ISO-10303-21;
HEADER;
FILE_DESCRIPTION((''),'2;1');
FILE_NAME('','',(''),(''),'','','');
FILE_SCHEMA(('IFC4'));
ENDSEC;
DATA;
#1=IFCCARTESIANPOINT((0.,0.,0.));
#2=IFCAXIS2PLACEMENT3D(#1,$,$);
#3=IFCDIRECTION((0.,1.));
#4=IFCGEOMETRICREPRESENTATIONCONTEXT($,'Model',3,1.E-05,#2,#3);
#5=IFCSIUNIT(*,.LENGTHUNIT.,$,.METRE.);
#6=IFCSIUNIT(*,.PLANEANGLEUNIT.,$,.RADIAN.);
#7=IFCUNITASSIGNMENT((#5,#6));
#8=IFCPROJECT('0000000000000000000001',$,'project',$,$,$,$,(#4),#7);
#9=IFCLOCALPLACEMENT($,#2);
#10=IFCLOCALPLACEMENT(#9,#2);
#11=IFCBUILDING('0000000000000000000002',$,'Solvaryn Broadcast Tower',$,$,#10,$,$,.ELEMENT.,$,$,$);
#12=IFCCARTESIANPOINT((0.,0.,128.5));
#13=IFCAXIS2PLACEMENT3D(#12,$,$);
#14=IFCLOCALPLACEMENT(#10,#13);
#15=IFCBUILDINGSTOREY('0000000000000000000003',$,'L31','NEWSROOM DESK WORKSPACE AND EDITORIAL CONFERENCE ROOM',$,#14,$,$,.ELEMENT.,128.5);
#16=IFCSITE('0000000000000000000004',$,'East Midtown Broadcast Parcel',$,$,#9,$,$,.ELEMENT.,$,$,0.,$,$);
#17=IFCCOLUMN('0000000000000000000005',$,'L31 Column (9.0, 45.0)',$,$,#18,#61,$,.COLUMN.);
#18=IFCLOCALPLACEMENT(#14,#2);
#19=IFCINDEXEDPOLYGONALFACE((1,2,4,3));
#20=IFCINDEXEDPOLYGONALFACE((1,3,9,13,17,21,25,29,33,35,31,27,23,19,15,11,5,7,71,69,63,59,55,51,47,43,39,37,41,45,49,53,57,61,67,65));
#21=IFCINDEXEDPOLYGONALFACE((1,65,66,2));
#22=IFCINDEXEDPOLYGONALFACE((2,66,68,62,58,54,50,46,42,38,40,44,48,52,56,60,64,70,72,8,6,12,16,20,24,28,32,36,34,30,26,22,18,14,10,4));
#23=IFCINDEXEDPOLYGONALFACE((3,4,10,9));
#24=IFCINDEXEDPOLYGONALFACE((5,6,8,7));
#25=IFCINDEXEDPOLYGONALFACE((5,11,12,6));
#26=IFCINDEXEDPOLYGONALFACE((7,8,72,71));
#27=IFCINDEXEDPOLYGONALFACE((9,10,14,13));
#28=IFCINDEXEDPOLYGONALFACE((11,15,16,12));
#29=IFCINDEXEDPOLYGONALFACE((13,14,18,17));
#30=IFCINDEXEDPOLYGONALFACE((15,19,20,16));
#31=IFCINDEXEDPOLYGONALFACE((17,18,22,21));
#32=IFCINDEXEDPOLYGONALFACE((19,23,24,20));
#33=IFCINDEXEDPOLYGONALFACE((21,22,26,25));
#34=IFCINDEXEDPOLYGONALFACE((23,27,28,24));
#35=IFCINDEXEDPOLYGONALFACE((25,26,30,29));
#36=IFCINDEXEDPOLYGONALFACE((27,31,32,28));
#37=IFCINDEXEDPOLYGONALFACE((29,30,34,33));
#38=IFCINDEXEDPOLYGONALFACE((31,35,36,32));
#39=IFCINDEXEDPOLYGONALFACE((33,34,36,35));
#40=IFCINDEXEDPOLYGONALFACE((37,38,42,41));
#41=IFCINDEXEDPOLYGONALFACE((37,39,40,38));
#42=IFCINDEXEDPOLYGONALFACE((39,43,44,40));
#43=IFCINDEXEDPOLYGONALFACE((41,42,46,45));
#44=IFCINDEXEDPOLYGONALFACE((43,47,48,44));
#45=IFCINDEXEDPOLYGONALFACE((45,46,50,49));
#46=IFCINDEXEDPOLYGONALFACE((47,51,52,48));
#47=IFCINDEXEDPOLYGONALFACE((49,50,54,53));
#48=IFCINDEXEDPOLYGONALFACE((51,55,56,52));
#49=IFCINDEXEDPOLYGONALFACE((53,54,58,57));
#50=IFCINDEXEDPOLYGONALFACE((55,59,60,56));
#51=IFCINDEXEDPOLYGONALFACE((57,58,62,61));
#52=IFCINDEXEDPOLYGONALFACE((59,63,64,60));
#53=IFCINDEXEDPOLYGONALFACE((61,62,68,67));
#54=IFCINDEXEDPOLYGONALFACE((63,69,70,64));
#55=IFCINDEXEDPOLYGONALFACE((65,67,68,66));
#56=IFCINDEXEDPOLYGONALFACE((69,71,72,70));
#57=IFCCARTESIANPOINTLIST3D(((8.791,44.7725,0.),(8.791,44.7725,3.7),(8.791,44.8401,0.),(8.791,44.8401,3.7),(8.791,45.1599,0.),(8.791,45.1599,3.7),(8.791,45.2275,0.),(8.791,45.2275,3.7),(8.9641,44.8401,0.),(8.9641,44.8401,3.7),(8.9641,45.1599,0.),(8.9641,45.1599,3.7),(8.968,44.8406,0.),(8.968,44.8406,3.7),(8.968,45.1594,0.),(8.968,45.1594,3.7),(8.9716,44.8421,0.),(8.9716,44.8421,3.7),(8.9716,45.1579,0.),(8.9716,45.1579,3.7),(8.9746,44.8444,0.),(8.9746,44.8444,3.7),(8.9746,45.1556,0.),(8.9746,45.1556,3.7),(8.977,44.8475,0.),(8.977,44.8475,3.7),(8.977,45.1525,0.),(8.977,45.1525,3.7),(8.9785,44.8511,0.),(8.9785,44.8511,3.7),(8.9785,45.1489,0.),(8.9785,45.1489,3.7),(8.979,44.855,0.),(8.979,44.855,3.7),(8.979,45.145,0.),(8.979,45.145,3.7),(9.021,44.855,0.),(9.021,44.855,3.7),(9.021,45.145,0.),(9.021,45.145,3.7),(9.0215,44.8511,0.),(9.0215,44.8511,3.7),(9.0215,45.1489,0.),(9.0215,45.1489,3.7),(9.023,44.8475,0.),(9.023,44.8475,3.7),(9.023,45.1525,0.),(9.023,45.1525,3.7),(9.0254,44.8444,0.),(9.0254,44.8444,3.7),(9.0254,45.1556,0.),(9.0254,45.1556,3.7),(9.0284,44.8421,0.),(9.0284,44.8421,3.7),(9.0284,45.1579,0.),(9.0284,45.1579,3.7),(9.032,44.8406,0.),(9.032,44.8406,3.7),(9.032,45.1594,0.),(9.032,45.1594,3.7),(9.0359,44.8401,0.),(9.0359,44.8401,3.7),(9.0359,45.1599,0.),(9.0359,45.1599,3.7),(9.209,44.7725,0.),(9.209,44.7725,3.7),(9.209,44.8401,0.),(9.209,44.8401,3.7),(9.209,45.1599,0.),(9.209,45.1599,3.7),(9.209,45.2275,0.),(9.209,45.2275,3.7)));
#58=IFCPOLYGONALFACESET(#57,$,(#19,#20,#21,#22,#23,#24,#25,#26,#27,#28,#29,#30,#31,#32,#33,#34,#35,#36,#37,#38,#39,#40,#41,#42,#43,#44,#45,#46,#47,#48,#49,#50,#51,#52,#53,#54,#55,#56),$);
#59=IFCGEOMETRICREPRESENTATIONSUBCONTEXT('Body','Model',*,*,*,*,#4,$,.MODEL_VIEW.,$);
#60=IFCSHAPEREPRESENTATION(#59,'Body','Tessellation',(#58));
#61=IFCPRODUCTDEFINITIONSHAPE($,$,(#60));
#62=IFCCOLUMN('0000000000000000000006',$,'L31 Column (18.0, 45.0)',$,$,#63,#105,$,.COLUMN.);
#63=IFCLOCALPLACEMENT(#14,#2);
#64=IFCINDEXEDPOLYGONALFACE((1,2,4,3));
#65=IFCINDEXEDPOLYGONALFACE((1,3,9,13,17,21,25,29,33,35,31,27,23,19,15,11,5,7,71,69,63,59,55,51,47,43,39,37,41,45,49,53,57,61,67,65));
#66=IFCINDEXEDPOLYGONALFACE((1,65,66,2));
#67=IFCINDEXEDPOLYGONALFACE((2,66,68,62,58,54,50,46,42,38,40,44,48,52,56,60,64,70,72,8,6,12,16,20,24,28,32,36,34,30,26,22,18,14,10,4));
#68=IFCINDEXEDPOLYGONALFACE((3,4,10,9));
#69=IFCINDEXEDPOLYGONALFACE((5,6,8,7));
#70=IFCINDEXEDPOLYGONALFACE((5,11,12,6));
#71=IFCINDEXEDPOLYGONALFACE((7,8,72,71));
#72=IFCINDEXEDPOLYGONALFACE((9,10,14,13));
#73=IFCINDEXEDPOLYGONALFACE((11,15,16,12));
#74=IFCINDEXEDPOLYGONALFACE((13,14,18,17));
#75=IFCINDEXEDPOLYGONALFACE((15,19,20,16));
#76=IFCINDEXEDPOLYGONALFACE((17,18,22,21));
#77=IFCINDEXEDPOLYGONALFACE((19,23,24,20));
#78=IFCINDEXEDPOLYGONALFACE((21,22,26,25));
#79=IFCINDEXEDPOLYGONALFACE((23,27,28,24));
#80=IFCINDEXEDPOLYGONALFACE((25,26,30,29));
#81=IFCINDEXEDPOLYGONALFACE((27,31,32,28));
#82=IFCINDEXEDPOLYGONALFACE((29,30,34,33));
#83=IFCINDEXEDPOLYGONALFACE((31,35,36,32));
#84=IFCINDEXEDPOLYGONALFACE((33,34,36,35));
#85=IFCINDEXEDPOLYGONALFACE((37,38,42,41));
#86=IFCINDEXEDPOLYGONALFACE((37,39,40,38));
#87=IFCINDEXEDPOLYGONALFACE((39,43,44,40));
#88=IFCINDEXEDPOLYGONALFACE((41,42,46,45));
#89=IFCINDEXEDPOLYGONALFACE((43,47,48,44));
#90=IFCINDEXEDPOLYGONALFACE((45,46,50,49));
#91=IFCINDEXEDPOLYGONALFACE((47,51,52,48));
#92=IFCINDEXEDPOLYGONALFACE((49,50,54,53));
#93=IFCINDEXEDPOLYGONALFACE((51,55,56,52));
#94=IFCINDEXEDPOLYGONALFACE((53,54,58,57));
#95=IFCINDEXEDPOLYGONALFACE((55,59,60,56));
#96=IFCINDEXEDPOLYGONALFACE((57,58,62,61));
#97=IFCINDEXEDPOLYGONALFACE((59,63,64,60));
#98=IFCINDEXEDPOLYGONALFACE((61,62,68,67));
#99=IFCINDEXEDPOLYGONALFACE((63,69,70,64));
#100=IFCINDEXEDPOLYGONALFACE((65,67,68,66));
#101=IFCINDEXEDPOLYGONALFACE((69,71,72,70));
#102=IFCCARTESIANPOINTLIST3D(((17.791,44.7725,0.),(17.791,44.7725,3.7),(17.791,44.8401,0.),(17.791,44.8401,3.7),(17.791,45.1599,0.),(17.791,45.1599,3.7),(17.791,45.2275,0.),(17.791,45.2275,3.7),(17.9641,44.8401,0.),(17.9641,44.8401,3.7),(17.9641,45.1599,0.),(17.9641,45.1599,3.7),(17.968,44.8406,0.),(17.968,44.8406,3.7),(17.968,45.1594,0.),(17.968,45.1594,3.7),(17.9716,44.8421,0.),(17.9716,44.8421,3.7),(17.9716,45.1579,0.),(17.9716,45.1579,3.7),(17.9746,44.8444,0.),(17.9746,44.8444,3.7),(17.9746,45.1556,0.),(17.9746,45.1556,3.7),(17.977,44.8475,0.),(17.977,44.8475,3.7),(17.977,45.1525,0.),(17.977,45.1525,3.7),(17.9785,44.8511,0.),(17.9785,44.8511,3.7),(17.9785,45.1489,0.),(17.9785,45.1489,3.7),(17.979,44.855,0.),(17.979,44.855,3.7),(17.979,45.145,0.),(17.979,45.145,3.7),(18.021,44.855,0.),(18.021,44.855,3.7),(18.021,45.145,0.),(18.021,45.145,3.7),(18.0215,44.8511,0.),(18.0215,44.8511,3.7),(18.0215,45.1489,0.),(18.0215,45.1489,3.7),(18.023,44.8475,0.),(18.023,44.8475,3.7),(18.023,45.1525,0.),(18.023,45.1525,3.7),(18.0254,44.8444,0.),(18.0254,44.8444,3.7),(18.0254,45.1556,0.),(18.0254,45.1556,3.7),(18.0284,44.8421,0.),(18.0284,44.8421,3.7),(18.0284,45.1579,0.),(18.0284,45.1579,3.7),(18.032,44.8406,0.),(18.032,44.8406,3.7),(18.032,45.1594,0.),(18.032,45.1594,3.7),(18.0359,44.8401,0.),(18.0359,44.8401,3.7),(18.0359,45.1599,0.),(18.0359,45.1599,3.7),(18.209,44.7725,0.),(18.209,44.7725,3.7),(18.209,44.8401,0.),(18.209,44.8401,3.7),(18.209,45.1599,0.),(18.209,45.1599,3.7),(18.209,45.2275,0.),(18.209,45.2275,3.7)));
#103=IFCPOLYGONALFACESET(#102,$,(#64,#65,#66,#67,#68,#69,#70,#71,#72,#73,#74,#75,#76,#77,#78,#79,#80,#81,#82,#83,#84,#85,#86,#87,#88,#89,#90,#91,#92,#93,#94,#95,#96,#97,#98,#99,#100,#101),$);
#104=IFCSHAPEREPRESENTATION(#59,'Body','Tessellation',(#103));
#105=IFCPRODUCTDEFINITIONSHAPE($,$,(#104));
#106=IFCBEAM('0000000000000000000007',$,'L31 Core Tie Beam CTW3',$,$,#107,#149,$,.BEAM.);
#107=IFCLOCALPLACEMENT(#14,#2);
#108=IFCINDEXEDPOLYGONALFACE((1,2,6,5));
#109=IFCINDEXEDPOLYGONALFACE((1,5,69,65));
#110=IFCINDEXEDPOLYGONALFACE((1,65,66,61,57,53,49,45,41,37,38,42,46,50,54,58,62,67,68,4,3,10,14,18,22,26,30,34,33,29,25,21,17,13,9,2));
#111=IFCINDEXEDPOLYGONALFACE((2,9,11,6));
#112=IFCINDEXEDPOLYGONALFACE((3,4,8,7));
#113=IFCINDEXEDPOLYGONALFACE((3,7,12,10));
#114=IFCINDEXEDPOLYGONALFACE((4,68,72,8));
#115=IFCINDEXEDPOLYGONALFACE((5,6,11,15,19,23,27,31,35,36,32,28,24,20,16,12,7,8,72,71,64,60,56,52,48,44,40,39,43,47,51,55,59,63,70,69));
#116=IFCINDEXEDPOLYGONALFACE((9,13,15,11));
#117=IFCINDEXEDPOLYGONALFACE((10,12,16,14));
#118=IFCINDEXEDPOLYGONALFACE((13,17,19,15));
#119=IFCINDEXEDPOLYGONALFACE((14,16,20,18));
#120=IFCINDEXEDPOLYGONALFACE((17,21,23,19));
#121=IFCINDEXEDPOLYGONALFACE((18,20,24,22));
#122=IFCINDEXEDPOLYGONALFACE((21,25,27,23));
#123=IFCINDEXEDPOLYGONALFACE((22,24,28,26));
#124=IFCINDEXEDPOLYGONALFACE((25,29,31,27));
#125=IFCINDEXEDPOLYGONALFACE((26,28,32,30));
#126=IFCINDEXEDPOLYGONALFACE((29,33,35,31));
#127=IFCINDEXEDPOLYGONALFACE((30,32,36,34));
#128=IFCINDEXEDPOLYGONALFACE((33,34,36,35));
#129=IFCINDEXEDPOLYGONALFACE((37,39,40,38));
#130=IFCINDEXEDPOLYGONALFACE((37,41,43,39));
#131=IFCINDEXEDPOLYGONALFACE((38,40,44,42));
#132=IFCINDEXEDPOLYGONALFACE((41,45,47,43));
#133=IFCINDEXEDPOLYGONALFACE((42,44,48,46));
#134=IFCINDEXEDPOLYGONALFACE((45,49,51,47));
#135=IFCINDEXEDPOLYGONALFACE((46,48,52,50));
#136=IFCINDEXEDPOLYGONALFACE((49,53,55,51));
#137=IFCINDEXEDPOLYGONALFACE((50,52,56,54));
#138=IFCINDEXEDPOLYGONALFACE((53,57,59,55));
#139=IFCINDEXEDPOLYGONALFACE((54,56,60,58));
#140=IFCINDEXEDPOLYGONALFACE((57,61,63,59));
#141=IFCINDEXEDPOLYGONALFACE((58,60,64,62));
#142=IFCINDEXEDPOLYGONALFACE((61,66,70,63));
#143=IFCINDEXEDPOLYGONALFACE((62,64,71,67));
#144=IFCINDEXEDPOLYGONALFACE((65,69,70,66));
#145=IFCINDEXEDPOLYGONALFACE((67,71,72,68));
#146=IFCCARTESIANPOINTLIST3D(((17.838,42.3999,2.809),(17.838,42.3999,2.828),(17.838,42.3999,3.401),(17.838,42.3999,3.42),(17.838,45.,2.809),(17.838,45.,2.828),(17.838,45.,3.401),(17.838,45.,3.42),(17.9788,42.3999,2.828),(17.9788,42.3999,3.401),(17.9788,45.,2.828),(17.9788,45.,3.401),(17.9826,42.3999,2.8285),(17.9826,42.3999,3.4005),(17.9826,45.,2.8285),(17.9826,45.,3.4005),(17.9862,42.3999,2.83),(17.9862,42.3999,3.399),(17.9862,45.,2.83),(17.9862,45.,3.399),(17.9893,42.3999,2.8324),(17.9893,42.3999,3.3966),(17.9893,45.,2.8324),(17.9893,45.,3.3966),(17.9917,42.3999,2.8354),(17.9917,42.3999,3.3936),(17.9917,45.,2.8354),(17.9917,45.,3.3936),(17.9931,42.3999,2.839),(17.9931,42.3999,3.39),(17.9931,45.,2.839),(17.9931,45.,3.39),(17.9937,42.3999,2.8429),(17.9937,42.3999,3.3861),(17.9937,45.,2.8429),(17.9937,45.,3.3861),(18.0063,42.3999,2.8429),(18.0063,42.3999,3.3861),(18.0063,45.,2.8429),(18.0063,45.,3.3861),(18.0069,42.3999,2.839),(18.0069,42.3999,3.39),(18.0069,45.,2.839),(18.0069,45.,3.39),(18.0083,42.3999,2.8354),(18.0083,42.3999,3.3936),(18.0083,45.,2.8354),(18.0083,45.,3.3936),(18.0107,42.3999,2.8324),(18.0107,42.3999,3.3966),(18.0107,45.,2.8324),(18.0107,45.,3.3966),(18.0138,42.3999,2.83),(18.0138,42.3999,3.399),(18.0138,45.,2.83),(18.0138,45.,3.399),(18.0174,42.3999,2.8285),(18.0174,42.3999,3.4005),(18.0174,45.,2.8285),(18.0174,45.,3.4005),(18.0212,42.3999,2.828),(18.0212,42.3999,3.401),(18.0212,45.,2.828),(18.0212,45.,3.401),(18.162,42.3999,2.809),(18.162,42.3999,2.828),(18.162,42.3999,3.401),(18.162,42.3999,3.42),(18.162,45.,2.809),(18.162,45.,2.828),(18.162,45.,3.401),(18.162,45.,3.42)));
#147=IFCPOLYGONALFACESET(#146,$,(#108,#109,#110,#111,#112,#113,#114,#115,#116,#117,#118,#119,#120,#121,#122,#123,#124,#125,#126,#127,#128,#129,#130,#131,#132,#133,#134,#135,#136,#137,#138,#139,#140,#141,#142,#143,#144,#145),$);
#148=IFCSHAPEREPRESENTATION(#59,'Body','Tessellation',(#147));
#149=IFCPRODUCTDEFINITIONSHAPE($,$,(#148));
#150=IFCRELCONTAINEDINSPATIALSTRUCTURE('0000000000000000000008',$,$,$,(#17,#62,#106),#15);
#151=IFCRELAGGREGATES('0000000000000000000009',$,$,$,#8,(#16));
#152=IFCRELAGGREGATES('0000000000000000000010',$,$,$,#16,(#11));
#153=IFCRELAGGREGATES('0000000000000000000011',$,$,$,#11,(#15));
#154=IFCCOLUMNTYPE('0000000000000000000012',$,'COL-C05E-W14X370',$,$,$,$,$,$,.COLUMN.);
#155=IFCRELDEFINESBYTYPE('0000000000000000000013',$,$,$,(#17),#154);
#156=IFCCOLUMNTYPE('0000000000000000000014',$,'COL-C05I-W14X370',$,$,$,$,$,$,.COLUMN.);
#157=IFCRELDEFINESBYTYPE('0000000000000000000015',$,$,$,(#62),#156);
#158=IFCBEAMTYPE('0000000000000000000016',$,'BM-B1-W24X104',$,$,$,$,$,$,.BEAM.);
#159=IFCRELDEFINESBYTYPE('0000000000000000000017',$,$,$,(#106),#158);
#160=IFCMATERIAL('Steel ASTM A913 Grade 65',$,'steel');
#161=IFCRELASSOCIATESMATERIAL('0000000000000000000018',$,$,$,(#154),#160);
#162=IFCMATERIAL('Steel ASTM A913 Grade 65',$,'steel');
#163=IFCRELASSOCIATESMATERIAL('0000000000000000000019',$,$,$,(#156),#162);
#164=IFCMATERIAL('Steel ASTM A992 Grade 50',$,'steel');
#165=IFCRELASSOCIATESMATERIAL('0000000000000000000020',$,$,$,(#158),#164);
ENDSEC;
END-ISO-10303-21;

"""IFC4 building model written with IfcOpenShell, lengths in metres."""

from ifc_helpers import new_model, si_unit, direction, frame, origin, origin_2d, place, context, subcontext, project, spatial, i_section, extrude, material, material_profile, profile_set, type_object, element, save


model = new_model("IFC4")

# Units and contexts
model_context = context("Model", 3, precision=1e-05, world=origin(), true_north=direction((0.0, 1.0)))
body_context = subcontext(model_context, "Body", "Model", "MODEL_VIEW")
ifc_project = project(units=[si_unit("LENGTHUNIT", "METRE"), si_unit("PLANEANGLEUNIT", "RADIAN")], contexts=[model_context])

# Site, building, storey
site_placement = place(None, origin())
site = spatial("IfcSite", under=ifc_project, at=site_placement, Name="East Midtown Broadcast Parcel", CompositionType="ELEMENT", RefElevation=0.0)
building_placement = place(site_placement, origin())
building = spatial("IfcBuilding", under=site, at=building_placement, Name="Solvaryn Broadcast Tower", CompositionType="ELEMENT")
storey_placement = place(building_placement, frame((0.0, 0.0, 128.5)))
storey = spatial("IfcBuildingStorey", under=building, at=storey_placement, Name="L31", Description="NEWSROOM DESK WORKSPACE AND EDITORIAL CONFERENCE ROOM", CompositionType="ELEMENT", Elevation=128.5)

# Columns
ifc_material_1 = material(Name="Steel ASTM A913 Grade 65", Category="steel")
ifc_material_profile_1 = material_profile(ifc_material_1, i_section(OverallWidth=0.418, OverallDepth=0.4551, WebThickness=0.042, FlangeThickness=0.0676, FilletRadius=0.0149, at=origin_2d()))
ifc_profile_set_1 = profile_set([ifc_material_profile_1], Name="Steel ASTM A913 Grade 65")
column_type_1 = type_object("IfcColumnType", Name="COL-C05E-W14X370", PredefinedType="COLUMN", material=ifc_profile_set_1)
column_1_placement = place(storey_placement, frame((9.0, 45.0, 0.0), z_axis=(0.0, 0.0, 1.0), x_axis=(1.0, 0.0, 0.0)))
element("IfcColumn", 1, at=column_1_placement, inside=storey, type_object=column_type_1, Name="L31 Column (9.0, 45.0)", PredefinedType="COLUMN", context=body_context, shape_type="SweptSolid", body=[
    extrude(i_section(OverallWidth=0.418, OverallDepth=0.4551, WebThickness=0.042, FlangeThickness=0.0676, FilletRadius=0.0149, at=origin_2d()), origin(), (0.0, 0.0, 1.0), 3.7),
])
ifc_material_2 = material(Name="Steel ASTM A913 Grade 65", Category="steel")
ifc_material_profile_2 = material_profile(ifc_material_2, i_section(OverallWidth=0.418, OverallDepth=0.4551, WebThickness=0.042, FlangeThickness=0.0676, FilletRadius=0.0149, at=origin_2d()))
ifc_profile_set_2 = profile_set([ifc_material_profile_2], Name="Steel ASTM A913 Grade 65")
column_type_2 = type_object("IfcColumnType", Name="COL-C05I-W14X370", PredefinedType="COLUMN", material=ifc_profile_set_2)
column_2_placement = place(storey_placement, frame((18.0, 45.0, 0.0), z_axis=(0.0, 0.0, 1.0), x_axis=(1.0, 0.0, 0.0)))
element("IfcColumn", 2, at=column_2_placement, inside=storey, type_object=column_type_2, Name="L31 Column (18.0, 45.0)", PredefinedType="COLUMN", context=body_context, shape_type="SweptSolid", body=[
    extrude(i_section(OverallWidth=0.418, OverallDepth=0.4551, WebThickness=0.042, FlangeThickness=0.0676, FilletRadius=0.0149, at=origin_2d()), origin(), (0.0, 0.0, 1.0), 3.7),
])

# Beam
ifc_material_3 = material(Name="Steel ASTM A992 Grade 50", Category="steel")
ifc_material_profile_3 = material_profile(ifc_material_3, i_section(OverallWidth=0.324, OverallDepth=0.6111, WebThickness=0.0127, FlangeThickness=0.019, FilletRadius=0.0149, at=origin_2d()))
ifc_profile_set_3 = profile_set([ifc_material_profile_3], Name="Steel ASTM A992 Grade 50")
beam_type_1 = type_object("IfcBeamType", Name="BM-B1-W24X104", PredefinedType="BEAM", material=ifc_profile_set_3)
beam_1_placement = place(storey_placement, frame((18.0, 42.3999, 3.1145), z_axis=(0.0, 1.0, 0.0), x_axis=(-1.0, 0.0, 0.0)))
element("IfcBeam", 3, at=beam_1_placement, inside=storey, type_object=beam_type_1, Name="L31 Core Tie Beam CTW3", PredefinedType="BEAM", context=body_context, shape_type="SweptSolid", body=[
    extrude(i_section(OverallWidth=0.324, OverallDepth=0.6111, WebThickness=0.0127, FlangeThickness=0.019, FilletRadius=0.0149, at=origin_2d()), origin(), (0.0, 0.0, 1.0), 2.6001),
])

save(model, "model.ifc")
